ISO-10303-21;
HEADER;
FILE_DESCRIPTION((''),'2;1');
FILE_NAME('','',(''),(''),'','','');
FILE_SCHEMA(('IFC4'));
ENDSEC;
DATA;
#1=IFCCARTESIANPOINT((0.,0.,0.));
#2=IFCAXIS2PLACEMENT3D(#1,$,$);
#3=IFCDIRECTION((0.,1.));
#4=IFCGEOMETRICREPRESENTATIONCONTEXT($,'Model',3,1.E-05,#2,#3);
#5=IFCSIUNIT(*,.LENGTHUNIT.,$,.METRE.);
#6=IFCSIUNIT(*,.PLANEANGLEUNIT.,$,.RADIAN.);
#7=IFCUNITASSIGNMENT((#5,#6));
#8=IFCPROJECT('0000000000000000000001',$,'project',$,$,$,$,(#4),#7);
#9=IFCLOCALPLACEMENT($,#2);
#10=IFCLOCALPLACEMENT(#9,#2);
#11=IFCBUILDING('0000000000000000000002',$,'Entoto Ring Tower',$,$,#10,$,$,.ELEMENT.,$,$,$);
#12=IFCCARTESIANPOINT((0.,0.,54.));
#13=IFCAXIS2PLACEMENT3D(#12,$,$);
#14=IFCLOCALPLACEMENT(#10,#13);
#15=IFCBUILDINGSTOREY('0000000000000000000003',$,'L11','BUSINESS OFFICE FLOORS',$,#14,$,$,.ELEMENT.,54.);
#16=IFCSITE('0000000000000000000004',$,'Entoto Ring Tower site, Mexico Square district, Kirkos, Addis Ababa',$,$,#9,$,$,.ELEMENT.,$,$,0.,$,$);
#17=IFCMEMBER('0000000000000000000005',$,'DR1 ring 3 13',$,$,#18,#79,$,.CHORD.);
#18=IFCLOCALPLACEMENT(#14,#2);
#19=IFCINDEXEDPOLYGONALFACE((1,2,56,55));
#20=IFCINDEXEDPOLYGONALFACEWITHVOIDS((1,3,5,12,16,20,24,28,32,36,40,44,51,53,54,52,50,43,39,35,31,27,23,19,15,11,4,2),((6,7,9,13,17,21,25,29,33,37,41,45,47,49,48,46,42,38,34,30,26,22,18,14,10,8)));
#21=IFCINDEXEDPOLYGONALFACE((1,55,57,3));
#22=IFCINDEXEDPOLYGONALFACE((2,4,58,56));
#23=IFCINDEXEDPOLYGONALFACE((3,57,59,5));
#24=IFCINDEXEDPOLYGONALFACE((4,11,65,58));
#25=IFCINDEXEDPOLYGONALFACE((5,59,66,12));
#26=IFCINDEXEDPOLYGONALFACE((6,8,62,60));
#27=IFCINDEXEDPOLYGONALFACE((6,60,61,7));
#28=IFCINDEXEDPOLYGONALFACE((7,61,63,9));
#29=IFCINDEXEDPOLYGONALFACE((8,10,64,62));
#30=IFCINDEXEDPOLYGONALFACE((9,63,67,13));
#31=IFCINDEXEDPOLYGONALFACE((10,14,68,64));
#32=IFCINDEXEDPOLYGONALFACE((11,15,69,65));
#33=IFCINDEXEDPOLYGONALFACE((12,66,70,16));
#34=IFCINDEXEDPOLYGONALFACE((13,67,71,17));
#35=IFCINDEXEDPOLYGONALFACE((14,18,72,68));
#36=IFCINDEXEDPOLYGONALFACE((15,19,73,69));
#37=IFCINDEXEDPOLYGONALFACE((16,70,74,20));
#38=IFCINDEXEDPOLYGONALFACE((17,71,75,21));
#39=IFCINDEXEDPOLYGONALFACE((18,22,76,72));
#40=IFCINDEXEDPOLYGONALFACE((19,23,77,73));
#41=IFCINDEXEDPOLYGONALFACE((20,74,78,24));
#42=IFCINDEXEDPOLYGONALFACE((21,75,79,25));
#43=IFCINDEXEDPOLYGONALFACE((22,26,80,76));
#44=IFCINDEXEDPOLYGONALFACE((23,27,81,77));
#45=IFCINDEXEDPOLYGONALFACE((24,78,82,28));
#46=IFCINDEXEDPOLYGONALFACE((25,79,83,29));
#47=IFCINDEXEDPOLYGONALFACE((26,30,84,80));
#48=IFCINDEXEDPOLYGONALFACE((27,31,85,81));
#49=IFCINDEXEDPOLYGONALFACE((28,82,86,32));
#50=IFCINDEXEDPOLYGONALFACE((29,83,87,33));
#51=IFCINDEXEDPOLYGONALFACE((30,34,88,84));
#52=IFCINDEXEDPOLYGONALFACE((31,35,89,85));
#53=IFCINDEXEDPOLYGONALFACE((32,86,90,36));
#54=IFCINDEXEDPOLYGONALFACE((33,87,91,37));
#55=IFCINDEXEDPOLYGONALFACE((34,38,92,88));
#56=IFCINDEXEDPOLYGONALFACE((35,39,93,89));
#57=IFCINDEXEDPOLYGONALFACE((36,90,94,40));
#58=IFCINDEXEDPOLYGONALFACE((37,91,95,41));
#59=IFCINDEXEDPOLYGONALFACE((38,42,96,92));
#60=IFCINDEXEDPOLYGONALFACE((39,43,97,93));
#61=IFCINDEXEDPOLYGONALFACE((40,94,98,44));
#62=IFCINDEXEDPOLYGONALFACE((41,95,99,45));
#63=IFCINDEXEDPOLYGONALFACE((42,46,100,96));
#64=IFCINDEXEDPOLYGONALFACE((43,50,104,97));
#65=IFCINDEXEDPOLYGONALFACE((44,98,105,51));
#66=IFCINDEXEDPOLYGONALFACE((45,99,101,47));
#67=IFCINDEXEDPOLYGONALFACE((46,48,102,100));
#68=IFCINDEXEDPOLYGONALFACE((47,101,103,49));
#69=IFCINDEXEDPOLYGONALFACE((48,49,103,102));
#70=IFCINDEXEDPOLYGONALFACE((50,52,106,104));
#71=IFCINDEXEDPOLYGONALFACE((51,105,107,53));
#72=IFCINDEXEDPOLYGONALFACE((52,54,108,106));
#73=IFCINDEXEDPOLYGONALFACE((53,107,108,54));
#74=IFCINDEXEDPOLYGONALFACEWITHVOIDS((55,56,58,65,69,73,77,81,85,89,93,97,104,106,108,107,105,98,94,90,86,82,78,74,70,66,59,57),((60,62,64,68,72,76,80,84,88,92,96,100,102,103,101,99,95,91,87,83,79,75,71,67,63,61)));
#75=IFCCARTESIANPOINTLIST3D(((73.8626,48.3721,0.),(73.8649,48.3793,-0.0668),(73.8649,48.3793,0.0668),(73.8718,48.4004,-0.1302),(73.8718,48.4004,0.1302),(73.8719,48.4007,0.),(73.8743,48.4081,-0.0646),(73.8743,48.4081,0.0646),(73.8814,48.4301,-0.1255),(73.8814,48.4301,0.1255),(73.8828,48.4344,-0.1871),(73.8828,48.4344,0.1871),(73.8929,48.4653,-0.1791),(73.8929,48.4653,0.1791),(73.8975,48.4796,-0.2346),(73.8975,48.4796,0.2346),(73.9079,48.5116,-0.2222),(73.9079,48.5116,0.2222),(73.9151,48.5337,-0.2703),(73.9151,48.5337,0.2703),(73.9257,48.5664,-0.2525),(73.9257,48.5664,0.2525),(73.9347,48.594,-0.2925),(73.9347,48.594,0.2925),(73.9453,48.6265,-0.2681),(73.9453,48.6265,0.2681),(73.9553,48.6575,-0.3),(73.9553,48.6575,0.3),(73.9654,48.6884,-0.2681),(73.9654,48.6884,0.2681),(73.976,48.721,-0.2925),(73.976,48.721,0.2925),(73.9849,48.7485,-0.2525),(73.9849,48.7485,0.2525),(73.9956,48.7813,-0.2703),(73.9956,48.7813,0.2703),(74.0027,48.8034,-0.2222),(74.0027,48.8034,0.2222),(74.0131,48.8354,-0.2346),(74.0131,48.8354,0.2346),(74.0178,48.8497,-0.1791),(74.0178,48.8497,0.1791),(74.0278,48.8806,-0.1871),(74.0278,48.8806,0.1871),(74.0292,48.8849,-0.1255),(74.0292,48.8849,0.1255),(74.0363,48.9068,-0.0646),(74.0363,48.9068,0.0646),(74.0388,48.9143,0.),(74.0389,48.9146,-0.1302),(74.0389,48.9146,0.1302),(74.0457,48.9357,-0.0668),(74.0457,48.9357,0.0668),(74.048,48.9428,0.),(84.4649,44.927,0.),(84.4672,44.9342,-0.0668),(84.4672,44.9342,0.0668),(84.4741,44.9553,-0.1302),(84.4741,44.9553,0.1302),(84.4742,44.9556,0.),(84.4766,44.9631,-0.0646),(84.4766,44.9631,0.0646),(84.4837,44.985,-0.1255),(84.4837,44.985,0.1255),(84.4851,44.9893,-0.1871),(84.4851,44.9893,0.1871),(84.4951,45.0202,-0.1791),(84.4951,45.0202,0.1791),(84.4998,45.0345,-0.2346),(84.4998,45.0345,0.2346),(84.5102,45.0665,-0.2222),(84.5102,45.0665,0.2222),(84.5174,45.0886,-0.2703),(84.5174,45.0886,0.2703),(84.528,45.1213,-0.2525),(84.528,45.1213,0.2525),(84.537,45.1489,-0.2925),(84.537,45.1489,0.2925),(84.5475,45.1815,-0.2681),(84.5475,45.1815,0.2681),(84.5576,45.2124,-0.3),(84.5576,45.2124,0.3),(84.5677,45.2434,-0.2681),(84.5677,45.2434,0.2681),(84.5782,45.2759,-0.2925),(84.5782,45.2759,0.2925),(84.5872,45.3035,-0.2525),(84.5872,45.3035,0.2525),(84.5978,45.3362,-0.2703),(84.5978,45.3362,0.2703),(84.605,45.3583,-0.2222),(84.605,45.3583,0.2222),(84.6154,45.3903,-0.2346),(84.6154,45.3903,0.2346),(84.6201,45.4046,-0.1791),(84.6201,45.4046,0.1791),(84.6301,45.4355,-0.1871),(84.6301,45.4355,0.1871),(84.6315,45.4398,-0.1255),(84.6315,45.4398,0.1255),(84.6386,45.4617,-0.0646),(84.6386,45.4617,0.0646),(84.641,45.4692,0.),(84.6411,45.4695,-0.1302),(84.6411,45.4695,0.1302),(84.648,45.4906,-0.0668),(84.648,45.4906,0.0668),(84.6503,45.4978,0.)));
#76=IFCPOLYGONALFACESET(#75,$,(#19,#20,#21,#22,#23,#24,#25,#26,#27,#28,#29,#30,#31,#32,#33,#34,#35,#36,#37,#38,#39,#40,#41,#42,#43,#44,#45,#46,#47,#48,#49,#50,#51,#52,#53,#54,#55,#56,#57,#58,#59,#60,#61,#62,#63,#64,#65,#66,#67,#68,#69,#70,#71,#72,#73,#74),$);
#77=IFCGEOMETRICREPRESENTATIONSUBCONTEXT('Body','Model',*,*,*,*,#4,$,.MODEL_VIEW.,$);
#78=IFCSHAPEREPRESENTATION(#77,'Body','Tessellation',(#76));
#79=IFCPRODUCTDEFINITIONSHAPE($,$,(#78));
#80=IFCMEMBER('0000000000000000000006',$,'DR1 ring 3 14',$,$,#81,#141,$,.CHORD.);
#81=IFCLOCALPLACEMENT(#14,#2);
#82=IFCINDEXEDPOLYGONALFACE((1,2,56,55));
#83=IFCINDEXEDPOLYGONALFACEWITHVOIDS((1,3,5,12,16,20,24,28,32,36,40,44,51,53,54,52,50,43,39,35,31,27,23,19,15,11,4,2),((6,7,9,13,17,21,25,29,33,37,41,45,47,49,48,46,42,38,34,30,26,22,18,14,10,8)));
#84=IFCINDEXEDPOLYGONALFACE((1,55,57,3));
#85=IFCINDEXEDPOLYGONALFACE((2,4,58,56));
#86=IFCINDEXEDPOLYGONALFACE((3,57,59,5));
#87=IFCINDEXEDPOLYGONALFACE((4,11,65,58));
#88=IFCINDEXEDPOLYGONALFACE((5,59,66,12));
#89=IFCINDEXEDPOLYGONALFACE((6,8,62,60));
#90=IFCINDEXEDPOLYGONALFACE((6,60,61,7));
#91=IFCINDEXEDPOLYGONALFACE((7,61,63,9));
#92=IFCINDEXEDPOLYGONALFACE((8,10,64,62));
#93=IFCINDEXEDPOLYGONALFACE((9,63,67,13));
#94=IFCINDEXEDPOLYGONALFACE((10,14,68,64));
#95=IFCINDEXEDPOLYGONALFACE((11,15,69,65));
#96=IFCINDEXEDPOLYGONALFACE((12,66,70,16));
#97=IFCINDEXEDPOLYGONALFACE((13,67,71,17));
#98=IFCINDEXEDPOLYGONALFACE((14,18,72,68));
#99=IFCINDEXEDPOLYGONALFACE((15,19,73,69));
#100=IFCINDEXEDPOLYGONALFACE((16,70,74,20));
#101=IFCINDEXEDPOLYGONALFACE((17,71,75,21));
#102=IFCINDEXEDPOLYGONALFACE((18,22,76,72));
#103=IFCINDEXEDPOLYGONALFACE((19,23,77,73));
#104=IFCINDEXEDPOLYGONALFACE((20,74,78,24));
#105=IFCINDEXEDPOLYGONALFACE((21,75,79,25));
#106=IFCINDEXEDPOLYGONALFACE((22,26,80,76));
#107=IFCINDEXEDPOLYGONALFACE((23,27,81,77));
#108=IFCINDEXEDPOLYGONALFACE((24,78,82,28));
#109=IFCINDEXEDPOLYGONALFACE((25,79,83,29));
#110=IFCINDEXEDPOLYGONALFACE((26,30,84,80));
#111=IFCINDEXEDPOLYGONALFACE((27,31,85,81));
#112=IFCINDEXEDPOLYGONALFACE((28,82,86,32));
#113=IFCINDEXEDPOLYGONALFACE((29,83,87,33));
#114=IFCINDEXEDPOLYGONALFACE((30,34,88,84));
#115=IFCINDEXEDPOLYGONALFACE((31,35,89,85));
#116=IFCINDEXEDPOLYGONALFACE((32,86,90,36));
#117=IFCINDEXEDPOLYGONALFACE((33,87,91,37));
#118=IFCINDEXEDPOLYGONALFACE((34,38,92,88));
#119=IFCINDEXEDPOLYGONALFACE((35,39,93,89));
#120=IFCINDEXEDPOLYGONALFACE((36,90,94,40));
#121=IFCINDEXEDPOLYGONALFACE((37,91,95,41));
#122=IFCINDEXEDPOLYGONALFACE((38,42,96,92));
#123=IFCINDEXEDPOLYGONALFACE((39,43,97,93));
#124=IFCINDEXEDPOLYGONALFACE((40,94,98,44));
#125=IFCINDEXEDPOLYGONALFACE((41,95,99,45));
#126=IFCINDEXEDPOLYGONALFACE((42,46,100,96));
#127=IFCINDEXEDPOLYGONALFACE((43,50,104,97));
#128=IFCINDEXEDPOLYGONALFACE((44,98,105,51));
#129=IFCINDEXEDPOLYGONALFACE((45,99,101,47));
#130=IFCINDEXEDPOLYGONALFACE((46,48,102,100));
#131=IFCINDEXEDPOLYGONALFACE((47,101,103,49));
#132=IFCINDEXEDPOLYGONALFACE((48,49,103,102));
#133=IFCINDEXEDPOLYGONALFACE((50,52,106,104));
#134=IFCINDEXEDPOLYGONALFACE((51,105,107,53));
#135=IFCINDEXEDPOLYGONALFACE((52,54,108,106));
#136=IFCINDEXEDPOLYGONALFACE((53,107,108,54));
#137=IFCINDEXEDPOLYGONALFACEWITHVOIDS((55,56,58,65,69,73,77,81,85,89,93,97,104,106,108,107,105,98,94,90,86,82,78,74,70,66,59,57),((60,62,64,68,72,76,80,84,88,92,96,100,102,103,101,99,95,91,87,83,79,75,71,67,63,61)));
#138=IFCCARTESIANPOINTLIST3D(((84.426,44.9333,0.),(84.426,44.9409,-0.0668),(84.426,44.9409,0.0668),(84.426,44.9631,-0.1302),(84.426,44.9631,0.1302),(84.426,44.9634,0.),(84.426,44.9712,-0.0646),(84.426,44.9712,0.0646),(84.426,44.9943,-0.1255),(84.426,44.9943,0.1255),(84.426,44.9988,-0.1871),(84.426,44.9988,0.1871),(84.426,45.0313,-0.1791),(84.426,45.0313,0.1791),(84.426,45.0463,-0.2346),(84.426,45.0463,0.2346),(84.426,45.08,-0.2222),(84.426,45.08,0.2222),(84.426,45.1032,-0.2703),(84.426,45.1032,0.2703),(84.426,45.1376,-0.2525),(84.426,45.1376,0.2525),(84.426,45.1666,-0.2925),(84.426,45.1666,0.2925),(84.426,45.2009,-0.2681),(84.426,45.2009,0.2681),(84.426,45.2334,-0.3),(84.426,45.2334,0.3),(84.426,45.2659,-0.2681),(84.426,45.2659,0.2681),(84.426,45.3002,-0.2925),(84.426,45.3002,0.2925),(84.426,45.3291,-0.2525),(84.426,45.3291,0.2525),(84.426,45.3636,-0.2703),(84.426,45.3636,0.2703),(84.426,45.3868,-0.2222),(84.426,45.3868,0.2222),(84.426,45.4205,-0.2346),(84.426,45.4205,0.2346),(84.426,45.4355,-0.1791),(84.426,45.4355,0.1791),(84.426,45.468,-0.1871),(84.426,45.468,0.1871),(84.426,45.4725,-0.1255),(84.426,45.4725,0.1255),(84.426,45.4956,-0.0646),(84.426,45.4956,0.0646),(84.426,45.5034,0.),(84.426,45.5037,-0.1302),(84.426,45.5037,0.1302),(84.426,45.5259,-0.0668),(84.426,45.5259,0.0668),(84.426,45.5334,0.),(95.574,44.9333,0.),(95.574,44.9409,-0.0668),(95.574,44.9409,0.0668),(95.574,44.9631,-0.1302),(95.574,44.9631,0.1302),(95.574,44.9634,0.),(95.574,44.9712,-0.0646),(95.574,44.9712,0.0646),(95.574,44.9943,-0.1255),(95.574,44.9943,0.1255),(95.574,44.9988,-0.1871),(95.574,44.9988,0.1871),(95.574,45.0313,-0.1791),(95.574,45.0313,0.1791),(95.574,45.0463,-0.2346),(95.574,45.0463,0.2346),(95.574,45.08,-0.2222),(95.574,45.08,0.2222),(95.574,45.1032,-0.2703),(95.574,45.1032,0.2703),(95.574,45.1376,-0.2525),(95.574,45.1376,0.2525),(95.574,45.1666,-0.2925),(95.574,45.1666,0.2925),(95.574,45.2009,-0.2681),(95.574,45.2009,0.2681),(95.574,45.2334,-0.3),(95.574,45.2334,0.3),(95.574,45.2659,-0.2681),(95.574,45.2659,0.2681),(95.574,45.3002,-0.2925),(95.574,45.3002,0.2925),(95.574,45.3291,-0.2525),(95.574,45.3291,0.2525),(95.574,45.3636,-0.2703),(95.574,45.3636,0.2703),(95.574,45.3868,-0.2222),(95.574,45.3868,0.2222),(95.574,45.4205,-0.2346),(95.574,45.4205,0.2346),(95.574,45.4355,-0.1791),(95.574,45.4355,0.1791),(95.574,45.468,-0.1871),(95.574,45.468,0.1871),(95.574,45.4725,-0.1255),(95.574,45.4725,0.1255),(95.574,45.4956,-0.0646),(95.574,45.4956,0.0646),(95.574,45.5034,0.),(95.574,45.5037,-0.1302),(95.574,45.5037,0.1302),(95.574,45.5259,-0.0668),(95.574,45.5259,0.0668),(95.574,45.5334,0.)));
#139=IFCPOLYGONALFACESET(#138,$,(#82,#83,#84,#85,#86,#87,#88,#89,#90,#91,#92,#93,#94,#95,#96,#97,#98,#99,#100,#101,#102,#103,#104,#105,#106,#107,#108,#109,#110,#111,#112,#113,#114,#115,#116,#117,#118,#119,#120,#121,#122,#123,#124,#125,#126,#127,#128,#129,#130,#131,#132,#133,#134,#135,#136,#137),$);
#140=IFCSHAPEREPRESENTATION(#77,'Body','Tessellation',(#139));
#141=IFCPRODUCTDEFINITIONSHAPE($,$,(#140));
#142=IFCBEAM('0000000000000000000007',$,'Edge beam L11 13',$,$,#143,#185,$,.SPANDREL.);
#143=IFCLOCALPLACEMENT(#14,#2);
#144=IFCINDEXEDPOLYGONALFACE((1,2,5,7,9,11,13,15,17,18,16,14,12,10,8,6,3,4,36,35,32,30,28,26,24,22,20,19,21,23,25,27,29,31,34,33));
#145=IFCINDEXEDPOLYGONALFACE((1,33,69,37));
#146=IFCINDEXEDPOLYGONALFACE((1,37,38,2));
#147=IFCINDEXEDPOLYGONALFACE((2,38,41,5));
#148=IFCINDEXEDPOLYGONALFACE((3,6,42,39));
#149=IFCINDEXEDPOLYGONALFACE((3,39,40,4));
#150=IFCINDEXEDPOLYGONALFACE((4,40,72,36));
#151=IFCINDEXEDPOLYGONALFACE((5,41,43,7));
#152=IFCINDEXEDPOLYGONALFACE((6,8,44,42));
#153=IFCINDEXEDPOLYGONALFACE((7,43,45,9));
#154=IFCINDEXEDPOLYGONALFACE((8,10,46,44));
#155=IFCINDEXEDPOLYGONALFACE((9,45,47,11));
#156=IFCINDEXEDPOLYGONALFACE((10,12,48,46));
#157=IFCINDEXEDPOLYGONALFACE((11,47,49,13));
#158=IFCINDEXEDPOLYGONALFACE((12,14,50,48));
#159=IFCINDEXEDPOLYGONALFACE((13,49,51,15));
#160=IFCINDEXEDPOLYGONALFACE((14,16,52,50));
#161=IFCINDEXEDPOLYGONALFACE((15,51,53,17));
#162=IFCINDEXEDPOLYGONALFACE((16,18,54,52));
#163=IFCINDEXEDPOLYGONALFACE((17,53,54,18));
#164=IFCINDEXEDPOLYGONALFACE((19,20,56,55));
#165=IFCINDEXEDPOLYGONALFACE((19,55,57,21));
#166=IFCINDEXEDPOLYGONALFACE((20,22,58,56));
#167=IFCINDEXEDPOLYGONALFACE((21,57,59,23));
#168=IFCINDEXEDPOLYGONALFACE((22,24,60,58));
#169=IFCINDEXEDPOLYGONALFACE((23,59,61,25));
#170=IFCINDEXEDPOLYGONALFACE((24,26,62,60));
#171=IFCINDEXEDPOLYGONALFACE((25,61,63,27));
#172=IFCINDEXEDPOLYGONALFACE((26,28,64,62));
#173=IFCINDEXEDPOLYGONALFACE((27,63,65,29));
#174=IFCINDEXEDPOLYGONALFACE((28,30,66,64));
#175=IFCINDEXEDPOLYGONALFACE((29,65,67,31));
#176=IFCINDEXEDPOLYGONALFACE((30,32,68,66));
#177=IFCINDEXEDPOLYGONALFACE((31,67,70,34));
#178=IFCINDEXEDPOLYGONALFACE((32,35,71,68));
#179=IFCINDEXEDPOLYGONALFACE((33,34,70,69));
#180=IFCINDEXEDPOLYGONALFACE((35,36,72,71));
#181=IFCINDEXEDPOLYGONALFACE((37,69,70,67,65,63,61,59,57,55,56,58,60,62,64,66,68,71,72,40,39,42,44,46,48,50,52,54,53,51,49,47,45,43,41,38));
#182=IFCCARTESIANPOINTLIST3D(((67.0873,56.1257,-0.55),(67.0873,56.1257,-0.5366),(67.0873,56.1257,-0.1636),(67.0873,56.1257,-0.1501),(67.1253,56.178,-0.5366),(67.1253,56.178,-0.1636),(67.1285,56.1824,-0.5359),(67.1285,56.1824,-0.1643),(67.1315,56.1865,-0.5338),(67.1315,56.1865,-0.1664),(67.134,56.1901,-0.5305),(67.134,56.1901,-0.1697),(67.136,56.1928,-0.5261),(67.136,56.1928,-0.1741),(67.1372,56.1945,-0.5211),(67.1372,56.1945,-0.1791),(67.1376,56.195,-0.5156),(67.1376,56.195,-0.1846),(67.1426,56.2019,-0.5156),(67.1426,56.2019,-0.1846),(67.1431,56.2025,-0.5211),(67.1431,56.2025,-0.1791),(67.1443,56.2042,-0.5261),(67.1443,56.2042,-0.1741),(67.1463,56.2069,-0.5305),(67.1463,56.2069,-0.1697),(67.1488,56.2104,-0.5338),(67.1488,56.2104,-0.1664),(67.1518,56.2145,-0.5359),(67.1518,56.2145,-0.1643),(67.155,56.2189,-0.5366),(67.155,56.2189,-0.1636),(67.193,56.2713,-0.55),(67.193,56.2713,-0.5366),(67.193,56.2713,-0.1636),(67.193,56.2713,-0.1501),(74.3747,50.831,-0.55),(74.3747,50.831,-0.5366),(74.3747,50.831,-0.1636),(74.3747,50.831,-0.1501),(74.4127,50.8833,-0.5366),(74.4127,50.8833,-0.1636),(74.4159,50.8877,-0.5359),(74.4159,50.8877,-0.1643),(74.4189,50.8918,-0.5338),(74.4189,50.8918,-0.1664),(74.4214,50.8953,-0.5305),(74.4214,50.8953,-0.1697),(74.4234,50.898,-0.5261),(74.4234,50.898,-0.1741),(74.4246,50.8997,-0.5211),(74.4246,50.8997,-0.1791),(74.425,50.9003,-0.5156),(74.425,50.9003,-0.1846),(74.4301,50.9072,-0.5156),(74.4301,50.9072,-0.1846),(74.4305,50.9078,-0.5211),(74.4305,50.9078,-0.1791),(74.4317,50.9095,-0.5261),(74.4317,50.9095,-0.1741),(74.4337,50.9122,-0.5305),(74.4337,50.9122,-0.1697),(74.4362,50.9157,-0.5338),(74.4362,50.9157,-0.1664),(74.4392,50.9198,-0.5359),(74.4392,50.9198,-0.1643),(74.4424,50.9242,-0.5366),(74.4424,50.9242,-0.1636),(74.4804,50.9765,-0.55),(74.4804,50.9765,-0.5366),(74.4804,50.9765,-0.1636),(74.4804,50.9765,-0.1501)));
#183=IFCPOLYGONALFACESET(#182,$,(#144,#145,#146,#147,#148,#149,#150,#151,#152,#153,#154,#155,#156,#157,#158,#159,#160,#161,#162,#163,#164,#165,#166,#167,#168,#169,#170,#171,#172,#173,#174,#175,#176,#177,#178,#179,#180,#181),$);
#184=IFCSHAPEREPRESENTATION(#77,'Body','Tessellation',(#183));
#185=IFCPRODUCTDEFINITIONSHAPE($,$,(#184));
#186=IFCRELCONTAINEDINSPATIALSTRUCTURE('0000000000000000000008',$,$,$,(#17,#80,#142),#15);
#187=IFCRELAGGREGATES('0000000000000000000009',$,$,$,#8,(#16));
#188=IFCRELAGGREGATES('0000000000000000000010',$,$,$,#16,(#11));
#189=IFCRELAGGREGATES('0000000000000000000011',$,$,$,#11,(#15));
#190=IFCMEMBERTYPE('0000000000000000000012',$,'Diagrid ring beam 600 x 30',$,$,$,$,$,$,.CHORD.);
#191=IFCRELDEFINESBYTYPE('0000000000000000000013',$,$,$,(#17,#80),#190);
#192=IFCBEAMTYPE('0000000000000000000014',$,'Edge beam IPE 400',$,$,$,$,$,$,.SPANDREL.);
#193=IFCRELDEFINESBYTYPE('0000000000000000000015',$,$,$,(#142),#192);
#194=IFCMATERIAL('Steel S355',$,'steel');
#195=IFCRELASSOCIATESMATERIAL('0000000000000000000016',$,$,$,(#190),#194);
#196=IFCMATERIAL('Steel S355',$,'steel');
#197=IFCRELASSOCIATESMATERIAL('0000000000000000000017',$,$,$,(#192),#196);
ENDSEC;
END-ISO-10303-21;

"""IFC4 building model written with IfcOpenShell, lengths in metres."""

from ifc_helpers import new_model, si_unit, direction, frame, origin, origin_2d, place, context, subcontext, project, spatial, circle, hollow_circle, i_section, extrude, material, material_profile, profile_set, type_object, element, save


model = new_model("IFC4")

# Units and contexts
model_context = context("Model", 3, precision=1e-05, world=origin(), true_north=direction((0.0, 1.0)))
body_context = subcontext(model_context, "Body", "Model", "MODEL_VIEW")
ifc_project = project(units=[si_unit("LENGTHUNIT", "METRE"), si_unit("PLANEANGLEUNIT", "RADIAN")], contexts=[model_context])

# Site, building, storey
site_placement = place(None, origin())
site = spatial("IfcSite", under=ifc_project, at=site_placement, Name="Entoto Ring Tower site, Mexico Square district, Kirkos, Addis Ababa", CompositionType="ELEMENT", RefElevation=0.0)
building_placement = place(site_placement, origin())
building = spatial("IfcBuilding", under=site, at=building_placement, Name="Entoto Ring Tower", CompositionType="ELEMENT")
storey_placement = place(building_placement, frame((0.0, 0.0, 54.0)))
storey = spatial("IfcBuildingStorey", under=building, at=storey_placement, Name="L11", Description="BUSINESS OFFICE FLOORS", CompositionType="ELEMENT", Elevation=54.0)

# Members
ifc_material_1 = material(Name="Steel S355", Category="steel")
ifc_material_profile_1 = material_profile(ifc_material_1, hollow_circle(Radius=0.3, WallThickness=0.03, at=origin_2d()), Name="CHS 600 x 30")
ifc_material_2 = material(Name="Concrete C60/75", Category="concrete")
ifc_material_profile_2 = material_profile(ifc_material_2, circle(Radius=0.27, at=origin_2d()), Name="Concrete C60/75 infill")
ifc_profile_set_1 = profile_set([ifc_material_profile_1, ifc_material_profile_2], Name="Steel S355")
member_type_1 = type_object("IfcMemberType", Name="Diagrid ring beam 600 x 30", PredefinedType="CHORD", material=ifc_profile_set_1)
for number, where, z_axis, x_axis, name in (
    (1, (73.9553, 48.6575, 0.0), (0.951052, -0.309031, 0.0), (0.309031, 0.951052, 0.0), "DR1 ring 3 13"),
    (2, (84.426, 45.2334, 0.0), (1.0, 0.0, 0.0), (0.0, 1.0, 0.0), "DR1 ring 3 14"),
):
    element("IfcMember", number, at=place(storey_placement, frame(where, z_axis=z_axis, x_axis=x_axis)), inside=storey, type_object=member_type_1, Name=name, PredefinedType="CHORD", context=body_context, shape_type="SweptSolid", body=[
        extrude(hollow_circle(Radius=0.3, WallThickness=0.03, at=origin_2d()), origin(), (0.0, 0.0, 1.0), 11.1479),
    ])

# Beam
ifc_material_3 = material(Name="Steel S355", Category="steel")
ifc_material_profile_3 = material_profile(ifc_material_3, i_section(OverallWidth=0.1799, OverallDepth=0.3999, WebThickness=0.0085, FlangeThickness=0.0134, FilletRadius=0.021, at=origin_2d()), Name="IPE 400")
ifc_profile_set_2 = profile_set([ifc_material_profile_3], Name="Steel S355")
beam_type = type_object("IfcBeamType", Name="Edge beam IPE 400", PredefinedType="SPANDREL", material=ifc_profile_set_2)
for number, where, z_axis, x_axis, name in (
    (3, (67.1401, 56.1985, -0.3501), (0.809011, -0.587793, 0.0), (0.587793, 0.809011, 0.0), "Edge beam L11 13"),
):
    element("IfcBeam", number, at=place(storey_placement, frame(where, z_axis=z_axis, x_axis=x_axis)), inside=storey, type_object=beam_type, Name=name, PredefinedType="SPANDREL", context=body_context, shape_type="SweptSolid", body=[
        extrude(i_section(OverallWidth=0.1799, OverallDepth=0.3999, WebThickness=0.0085, FlangeThickness=0.0134, FilletRadius=0.021, at=origin_2d()), origin(), (0.0, 0.0, 1.0), 9.0078),
    ])

save(model, "model.ifc")
